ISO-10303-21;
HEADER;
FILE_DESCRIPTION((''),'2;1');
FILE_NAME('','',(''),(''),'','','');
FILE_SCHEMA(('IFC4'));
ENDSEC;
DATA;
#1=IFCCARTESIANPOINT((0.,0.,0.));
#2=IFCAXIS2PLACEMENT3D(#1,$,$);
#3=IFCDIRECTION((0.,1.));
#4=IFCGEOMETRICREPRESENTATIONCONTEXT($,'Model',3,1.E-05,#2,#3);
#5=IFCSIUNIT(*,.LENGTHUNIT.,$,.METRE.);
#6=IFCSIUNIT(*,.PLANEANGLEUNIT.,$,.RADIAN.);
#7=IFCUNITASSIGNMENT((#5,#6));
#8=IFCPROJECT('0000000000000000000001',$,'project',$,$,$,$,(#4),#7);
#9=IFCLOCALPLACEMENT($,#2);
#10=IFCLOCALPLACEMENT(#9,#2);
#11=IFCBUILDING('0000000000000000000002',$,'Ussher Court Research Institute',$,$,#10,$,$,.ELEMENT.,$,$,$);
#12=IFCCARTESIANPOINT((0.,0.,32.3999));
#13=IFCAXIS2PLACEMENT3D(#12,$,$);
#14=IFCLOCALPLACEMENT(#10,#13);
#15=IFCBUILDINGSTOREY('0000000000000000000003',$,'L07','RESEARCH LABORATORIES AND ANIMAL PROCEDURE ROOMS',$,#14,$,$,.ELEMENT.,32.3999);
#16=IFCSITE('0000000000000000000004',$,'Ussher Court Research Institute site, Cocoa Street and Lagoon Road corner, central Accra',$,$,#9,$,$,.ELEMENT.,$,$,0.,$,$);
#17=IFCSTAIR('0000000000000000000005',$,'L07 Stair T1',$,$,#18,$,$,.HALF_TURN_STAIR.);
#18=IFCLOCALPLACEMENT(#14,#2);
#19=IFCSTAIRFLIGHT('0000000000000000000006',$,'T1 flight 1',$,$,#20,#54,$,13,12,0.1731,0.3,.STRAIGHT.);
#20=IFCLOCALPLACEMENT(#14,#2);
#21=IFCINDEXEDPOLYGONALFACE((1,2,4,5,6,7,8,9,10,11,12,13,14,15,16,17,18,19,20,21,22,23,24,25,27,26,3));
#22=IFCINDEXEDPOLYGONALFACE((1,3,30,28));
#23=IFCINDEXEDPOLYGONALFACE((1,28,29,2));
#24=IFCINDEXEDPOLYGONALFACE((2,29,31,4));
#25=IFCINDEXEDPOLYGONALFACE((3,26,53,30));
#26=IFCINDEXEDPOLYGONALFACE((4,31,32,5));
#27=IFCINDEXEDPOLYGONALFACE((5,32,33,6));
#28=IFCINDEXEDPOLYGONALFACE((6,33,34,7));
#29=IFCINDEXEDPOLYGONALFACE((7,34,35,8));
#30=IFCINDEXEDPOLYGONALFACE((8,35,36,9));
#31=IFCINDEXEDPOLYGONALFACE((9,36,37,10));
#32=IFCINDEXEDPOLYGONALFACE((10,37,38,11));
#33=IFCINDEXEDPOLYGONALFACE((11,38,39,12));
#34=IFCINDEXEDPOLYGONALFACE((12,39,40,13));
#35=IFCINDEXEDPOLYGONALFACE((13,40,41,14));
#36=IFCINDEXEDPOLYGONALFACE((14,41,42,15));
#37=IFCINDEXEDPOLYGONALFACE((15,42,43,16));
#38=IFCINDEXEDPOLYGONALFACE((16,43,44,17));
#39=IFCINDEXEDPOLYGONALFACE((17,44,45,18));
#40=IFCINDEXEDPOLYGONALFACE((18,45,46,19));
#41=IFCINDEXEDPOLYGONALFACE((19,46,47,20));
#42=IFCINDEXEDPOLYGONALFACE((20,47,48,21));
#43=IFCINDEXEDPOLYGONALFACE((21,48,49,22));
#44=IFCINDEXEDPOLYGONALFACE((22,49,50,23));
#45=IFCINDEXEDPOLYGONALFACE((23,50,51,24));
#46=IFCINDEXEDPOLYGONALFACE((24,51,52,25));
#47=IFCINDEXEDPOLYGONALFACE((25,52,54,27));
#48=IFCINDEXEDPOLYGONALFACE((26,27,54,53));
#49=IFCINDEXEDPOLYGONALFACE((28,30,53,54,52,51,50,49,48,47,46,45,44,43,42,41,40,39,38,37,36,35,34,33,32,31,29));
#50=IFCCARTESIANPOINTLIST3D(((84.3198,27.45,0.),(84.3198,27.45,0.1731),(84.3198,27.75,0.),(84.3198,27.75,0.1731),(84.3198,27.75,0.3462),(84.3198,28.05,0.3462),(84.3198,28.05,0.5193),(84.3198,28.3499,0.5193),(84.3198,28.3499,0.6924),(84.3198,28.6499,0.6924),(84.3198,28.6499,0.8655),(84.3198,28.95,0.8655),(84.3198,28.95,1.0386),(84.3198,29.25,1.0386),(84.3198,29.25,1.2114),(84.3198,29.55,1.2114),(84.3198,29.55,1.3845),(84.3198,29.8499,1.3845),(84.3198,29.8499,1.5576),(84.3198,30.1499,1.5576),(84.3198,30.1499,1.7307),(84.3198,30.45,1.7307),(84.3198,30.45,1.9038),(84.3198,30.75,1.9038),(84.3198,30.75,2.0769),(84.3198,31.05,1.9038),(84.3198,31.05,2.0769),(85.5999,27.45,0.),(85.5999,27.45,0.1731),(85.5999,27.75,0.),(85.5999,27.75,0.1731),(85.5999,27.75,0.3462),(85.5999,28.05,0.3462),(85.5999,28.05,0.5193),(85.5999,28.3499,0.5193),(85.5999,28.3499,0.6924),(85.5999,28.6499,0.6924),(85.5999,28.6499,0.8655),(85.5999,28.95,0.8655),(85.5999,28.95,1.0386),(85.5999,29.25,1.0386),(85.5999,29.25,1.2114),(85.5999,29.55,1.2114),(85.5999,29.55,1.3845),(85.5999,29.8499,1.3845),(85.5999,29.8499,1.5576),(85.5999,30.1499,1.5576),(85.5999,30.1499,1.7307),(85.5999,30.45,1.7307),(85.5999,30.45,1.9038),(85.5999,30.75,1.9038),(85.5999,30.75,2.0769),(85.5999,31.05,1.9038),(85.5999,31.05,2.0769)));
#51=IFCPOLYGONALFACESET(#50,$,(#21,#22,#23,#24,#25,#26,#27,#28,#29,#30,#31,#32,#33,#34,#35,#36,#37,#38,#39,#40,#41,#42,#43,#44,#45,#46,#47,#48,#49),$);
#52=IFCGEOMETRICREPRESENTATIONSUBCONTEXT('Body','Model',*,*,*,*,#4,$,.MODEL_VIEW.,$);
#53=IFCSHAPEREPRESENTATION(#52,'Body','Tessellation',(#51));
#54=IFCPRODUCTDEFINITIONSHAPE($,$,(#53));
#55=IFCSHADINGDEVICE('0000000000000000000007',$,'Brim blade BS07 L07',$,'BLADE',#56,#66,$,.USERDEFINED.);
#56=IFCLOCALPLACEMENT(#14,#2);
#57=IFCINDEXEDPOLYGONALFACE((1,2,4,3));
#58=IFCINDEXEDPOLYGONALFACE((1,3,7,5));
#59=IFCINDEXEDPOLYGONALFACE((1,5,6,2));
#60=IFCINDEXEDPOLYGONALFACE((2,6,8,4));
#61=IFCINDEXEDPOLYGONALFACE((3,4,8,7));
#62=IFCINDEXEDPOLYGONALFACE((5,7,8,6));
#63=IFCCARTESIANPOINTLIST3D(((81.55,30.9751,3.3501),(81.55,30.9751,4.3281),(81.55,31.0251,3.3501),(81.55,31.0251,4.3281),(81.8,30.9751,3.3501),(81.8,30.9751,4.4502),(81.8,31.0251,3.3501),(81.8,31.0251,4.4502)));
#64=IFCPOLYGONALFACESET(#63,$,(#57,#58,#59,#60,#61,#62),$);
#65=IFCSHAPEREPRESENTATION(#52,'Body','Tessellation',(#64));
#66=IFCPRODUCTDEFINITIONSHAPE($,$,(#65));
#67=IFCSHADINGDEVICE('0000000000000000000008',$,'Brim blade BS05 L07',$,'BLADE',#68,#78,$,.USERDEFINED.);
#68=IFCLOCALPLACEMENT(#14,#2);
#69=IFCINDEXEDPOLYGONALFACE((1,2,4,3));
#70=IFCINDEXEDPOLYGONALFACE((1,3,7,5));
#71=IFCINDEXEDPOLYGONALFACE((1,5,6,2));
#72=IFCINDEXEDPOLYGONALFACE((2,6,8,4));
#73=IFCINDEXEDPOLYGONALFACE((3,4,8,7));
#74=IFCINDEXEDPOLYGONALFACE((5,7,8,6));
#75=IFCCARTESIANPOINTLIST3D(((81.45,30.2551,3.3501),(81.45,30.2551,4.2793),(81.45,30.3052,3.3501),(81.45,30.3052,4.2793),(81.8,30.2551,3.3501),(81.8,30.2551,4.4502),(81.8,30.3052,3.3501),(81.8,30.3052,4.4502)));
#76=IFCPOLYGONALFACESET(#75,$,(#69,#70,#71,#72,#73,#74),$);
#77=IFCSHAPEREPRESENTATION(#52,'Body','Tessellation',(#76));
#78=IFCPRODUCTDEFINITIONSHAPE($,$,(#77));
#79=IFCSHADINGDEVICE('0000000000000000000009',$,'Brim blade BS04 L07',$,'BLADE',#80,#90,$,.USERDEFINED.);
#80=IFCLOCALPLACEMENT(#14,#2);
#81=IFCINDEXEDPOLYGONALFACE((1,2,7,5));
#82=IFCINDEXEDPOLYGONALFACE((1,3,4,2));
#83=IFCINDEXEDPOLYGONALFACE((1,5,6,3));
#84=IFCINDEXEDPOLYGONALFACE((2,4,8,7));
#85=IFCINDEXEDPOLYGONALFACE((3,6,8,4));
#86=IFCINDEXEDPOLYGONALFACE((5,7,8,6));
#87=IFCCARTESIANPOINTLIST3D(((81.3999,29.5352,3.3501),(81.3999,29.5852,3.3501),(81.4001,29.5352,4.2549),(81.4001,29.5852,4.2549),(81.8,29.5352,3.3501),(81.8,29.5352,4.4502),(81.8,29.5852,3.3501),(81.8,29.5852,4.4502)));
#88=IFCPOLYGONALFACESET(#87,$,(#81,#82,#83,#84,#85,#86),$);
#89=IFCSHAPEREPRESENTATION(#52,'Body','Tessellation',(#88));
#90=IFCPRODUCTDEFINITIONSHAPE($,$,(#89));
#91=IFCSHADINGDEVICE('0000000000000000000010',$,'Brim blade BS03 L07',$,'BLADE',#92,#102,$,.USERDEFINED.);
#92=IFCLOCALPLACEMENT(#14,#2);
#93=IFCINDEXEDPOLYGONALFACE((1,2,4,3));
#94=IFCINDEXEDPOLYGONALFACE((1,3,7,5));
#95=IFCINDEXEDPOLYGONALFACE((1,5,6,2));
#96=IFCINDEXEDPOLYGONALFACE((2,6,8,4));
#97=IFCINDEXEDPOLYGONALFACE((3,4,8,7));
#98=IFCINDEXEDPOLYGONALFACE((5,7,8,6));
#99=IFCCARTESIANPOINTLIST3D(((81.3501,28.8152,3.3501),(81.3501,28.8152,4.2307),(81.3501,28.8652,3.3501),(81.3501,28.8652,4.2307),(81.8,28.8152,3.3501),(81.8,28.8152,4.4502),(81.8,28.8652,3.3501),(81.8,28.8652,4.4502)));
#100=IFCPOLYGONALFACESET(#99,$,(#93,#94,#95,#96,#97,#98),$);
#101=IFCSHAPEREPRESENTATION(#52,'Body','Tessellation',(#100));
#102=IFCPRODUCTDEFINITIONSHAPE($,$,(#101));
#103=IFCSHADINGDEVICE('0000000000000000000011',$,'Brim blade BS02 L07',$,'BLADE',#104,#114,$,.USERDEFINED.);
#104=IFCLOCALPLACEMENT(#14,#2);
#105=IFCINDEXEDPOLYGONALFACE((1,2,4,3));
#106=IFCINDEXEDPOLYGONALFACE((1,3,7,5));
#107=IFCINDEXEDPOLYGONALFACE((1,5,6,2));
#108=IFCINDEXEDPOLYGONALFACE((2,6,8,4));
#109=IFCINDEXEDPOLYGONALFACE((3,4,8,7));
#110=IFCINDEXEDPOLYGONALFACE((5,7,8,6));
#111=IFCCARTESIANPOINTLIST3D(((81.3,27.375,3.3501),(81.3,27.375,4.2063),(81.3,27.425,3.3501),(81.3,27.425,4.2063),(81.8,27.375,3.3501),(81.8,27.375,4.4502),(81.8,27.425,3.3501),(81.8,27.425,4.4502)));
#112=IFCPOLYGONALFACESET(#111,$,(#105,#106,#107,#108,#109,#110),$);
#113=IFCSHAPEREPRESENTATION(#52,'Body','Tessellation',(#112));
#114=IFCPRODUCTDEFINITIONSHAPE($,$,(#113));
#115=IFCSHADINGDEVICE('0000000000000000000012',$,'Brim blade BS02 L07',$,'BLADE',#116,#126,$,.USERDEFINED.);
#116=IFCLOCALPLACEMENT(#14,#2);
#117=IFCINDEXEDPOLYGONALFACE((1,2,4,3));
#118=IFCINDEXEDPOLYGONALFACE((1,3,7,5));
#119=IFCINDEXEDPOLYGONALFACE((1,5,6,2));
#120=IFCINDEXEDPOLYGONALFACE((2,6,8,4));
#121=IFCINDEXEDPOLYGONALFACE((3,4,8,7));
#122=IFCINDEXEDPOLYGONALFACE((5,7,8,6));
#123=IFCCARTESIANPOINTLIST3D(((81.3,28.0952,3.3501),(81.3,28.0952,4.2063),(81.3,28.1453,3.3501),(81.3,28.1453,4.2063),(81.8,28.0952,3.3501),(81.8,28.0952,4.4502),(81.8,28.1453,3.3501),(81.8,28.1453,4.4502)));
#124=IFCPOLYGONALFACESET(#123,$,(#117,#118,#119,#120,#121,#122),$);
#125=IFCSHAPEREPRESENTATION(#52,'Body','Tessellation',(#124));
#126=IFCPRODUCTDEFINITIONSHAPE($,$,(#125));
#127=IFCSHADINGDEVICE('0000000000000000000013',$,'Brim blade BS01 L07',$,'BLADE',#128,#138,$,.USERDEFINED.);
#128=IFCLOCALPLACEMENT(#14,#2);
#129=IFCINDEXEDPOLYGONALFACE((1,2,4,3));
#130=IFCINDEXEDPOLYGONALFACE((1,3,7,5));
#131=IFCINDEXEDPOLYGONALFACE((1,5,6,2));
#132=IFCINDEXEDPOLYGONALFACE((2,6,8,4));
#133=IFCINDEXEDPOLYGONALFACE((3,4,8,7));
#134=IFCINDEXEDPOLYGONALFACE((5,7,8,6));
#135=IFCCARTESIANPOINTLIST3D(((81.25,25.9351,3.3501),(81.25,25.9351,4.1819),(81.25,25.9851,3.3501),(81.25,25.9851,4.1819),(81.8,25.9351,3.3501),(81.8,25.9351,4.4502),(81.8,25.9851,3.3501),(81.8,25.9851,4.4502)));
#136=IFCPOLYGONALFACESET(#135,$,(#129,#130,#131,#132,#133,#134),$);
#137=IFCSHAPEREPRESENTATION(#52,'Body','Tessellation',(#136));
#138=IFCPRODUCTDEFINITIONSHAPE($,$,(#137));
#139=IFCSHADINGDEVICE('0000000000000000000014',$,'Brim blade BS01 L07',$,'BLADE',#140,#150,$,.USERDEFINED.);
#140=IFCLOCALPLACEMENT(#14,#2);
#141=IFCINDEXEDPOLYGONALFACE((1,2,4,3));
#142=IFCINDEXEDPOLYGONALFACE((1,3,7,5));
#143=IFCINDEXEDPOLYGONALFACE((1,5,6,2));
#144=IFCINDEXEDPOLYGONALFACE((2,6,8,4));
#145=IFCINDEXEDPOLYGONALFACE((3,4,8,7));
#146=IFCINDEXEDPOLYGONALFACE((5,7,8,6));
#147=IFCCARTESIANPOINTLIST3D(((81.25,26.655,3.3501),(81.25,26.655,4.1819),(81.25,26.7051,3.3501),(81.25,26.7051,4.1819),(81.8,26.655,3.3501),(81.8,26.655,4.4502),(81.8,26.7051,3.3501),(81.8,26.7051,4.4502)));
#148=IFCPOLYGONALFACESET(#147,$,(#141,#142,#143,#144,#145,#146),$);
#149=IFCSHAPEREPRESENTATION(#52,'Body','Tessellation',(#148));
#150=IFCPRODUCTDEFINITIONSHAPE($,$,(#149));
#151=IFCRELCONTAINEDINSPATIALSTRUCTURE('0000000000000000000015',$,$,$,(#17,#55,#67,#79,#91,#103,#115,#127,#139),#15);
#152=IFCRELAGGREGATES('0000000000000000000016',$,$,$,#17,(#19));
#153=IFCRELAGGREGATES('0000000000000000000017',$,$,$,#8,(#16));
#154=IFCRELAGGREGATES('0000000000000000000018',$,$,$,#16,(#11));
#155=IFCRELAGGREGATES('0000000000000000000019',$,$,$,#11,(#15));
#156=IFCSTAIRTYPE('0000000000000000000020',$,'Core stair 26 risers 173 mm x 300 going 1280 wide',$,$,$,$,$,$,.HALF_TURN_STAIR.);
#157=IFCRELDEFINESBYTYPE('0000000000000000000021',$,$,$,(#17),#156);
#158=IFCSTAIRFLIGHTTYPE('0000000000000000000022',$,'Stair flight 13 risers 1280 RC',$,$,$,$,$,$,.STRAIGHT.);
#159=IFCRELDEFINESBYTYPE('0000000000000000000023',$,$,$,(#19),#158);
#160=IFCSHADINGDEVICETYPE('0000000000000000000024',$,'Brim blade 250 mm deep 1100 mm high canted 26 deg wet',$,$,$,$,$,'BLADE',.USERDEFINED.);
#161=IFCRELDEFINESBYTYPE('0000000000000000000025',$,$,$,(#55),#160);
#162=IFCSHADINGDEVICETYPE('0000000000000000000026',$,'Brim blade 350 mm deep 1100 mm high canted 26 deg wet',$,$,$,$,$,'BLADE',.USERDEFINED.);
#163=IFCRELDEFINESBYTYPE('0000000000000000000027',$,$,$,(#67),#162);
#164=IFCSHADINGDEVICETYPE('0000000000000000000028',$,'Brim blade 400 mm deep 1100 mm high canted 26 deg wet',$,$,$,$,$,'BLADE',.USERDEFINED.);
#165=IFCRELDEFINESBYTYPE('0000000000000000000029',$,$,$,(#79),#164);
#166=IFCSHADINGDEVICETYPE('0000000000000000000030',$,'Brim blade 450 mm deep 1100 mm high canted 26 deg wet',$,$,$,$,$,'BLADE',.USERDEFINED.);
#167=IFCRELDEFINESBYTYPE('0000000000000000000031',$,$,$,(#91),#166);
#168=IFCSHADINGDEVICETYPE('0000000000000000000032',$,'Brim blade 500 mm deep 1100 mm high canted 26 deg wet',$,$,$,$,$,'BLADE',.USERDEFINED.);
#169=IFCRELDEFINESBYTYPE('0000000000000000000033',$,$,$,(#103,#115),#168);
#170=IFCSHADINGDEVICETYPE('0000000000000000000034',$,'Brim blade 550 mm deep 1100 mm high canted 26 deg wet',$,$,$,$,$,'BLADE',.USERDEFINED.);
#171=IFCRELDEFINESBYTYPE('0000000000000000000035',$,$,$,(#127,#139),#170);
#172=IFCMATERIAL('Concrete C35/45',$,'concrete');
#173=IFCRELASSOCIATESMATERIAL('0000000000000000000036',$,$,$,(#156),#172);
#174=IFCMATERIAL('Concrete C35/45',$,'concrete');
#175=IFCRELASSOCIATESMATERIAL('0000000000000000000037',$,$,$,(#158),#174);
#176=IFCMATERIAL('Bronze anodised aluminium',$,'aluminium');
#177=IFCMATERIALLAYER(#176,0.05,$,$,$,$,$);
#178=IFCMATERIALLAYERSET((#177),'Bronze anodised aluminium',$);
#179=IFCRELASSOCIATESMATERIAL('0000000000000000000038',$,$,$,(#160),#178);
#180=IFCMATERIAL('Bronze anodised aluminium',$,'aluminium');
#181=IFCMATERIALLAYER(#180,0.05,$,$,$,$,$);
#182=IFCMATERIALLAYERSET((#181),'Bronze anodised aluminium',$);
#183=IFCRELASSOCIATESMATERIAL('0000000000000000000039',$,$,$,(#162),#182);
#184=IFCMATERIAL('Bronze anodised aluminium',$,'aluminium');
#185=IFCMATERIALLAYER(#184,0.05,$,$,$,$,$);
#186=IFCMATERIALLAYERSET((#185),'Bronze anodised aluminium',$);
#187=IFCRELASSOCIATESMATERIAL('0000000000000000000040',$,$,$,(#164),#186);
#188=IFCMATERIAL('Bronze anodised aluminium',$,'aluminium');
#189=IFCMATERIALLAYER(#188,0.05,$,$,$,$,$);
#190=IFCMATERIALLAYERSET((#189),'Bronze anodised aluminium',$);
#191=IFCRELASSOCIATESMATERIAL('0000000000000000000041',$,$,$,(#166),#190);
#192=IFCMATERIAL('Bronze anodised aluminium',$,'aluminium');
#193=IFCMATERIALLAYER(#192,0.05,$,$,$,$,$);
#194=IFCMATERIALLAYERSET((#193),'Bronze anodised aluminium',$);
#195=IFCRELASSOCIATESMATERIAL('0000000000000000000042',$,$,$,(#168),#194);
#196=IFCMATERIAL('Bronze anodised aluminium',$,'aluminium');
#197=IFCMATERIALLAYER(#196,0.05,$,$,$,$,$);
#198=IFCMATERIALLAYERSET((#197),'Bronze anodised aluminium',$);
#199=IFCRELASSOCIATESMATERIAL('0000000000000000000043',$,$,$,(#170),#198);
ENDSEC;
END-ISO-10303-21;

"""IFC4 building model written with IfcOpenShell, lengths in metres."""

from ifc_helpers import new_model, si_unit, direction, frame, origin, place, context, subcontext, project, spatial, polyline, outline, extrude, material, layer, layer_set, type_object, element, aggregate, save


model = new_model("IFC4")

# Units and contexts
model_context = context("Model", 3, precision=1e-05, world=origin(), true_north=direction((0.0, 1.0)))
body_context = subcontext(model_context, "Body", "Model", "MODEL_VIEW")
ifc_project = project(units=[si_unit("LENGTHUNIT", "METRE"), si_unit("PLANEANGLEUNIT", "RADIAN")], contexts=[model_context])

# Site, building, storey
site_placement = place(None, origin())
site = spatial("IfcSite", under=ifc_project, at=site_placement, Name="Ussher Court Research Institute site, Cocoa Street and Lagoon Road corner, central Accra", CompositionType="ELEMENT", RefElevation=0.0)
building_placement = place(site_placement, origin())
building = spatial("IfcBuilding", under=site, at=building_placement, Name="Ussher Court Research Institute", CompositionType="ELEMENT")
storey_placement = place(building_placement, frame((0.0, 0.0, 32.3999)))
storey = spatial("IfcBuildingStorey", under=building, at=storey_placement, Name="L07", Description="RESEARCH LABORATORIES AND ANIMAL PROCEDURE ROOMS", CompositionType="ELEMENT", Elevation=32.3999)

# Stair, stair flight
ifc_material_1 = material(Name="Concrete C35/45", Category="concrete")
stair_type = type_object("IfcStairType", Name="Core stair 26 risers 173 mm x 300 going 1280 wide", PredefinedType="HALF_TURN_STAIR", material=ifc_material_1)
stair_placement = place(storey_placement, origin())
stair = element("IfcStair", 1, at=stair_placement, inside=storey, type_object=stair_type, Name="L07 Stair T1", PredefinedType="HALF_TURN_STAIR")
ifc_material_2 = material(Name="Concrete C35/45", Category="concrete")
stair_flight_type = type_object("IfcStairFlightType", Name="Stair flight 13 risers 1280 RC", PredefinedType="STRAIGHT", material=ifc_material_2)
stair_flight_placement = place(storey_placement, frame((84.96, 27.45, 0.0), z_axis=(0.0, 0.0, 1.0), x_axis=(0.0, 1.0, 0.0)))
stair_flight = element("IfcStairFlight", 2, at=stair_flight_placement, type_object=stair_flight_type, Name="T1 flight 1", NumberOfRisers=13, NumberOfTreads=12, PredefinedType="STRAIGHT", RiserHeight=0.1731, TreadLength=0.3, context=body_context, shape_type="SweptSolid", body=[
    extrude(outline(polyline([(0.0, 0.0), (0.0, 0.1731), (0.3, 0.1731), (0.3, 0.3462), (0.6001, 0.3462), (0.6001, 0.5193), (0.8999, 0.5193), (0.8999, 0.6924), (1.2, 0.6924), (1.2, 0.8655), (1.5, 0.8655), (1.5, 1.0386), (1.8, 1.0386), (1.8, 1.2114), (2.1001, 1.2114), (2.1001, 1.3845), (2.3999, 1.3845), (2.3999, 1.5576), (2.7, 1.5576), (2.7, 1.7307), (3.0, 1.7307), (3.0, 1.9038), (3.3, 1.9038), (3.3, 2.0769), (3.6001, 2.0769), (3.6001, 2.25), (3.6001, 1.9038), (0.3, 0.0), (0.0, 0.0)])), frame((0.0, 0.6401, 0.0), z_axis=(0.0, -1.0, 0.0), x_axis=(1.0, 0.0, 0.0)), (0.0, 0.0, 1.0), 1.28),
])
aggregate(stair, [stair_flight])

# Shading devices
ifc_material_3 = material(Name="Bronze anodised aluminium", Category="aluminium")
ifc_layer_1 = layer(ifc_material_3, 0.05)
ifc_layer_set_1 = layer_set([ifc_layer_1], Name="Bronze anodised aluminium")
shading_device_type_1 = type_object("IfcShadingDeviceType", Name="Brim blade 250 mm deep 1100 mm high canted 26 deg wet", ElementType="BLADE", PredefinedType="USERDEFINED", material=ifc_layer_set_1)
shading_device_1_placement = place(storey_placement, frame((81.8, 31.0, 3.3501), z_axis=(0.0, 0.0, 1.0), x_axis=(-1.0, 0.0, 0.0)))
element("IfcShadingDevice", 3, at=shading_device_1_placement, inside=storey, type_object=shading_device_type_1, Name="Brim blade BS07 L07", ObjectType="BLADE", PredefinedType="USERDEFINED", context=body_context, shape_type="SweptSolid", body=[
    extrude(outline(polyline([(0.0, 0.0), (0.25, 0.0), (0.25, 0.978), (0.0, 1.1001), (0.0, 0.0)])), frame((0.0, 0.0249, 0.0), z_axis=(0.0, -1.0, 0.0), x_axis=(1.0, 0.0, 0.0)), (0.0, 0.0, 1.0), 0.05),
])
ifc_material_4 = material(Name="Bronze anodised aluminium", Category="aluminium")
ifc_layer_2 = layer(ifc_material_4, 0.05)
ifc_layer_set_2 = layer_set([ifc_layer_2], Name="Bronze anodised aluminium")
shading_device_type_2 = type_object("IfcShadingDeviceType", Name="Brim blade 350 mm deep 1100 mm high canted 26 deg wet", ElementType="BLADE", PredefinedType="USERDEFINED", material=ifc_layer_set_2)
shading_device_2_placement = place(storey_placement, frame((81.8, 30.28, 3.3501), z_axis=(0.0, 0.0, 1.0), x_axis=(-1.0, 0.0, 0.0)))
element("IfcShadingDevice", 4, at=shading_device_2_placement, inside=storey, type_object=shading_device_type_2, Name="Brim blade BS05 L07", ObjectType="BLADE", PredefinedType="USERDEFINED", context=body_context, shape_type="SweptSolid", body=[
    extrude(outline(polyline([(0.0, 0.0), (0.3501, 0.0), (0.3501, 0.9292), (0.0, 1.1001), (0.0, 0.0)])), frame((0.0, 0.0249, 0.0), z_axis=(0.0, -1.0, 0.0), x_axis=(1.0, 0.0, 0.0)), (0.0, 0.0, 1.0), 0.05),
])
ifc_material_5 = material(Name="Bronze anodised aluminium", Category="aluminium")
ifc_layer_3 = layer(ifc_material_5, 0.05)
ifc_layer_set_3 = layer_set([ifc_layer_3], Name="Bronze anodised aluminium")
shading_device_type_3 = type_object("IfcShadingDeviceType", Name="Brim blade 400 mm deep 1100 mm high canted 26 deg wet", ElementType="BLADE", PredefinedType="USERDEFINED", material=ifc_layer_set_3)
shading_device_3_placement = place(storey_placement, frame((81.8, 29.5601, 3.3501), z_axis=(0.0, 0.0, 1.0), x_axis=(-1.0, 0.0, 0.0)))
element("IfcShadingDevice", 5, at=shading_device_3_placement, inside=storey, type_object=shading_device_type_3, Name="Brim blade BS04 L07", ObjectType="BLADE", PredefinedType="USERDEFINED", context=body_context, shape_type="SweptSolid", body=[
    extrude(outline(polyline([(0.0, 0.0), (0.4001, 0.0), (0.3999, 0.9048), (0.0, 1.1001), (0.0, 0.0)])), frame((0.0, 0.0249, 0.0), z_axis=(0.0, -1.0, 0.0), x_axis=(1.0, 0.0, 0.0)), (0.0, 0.0, 1.0), 0.05),
])
ifc_material_6 = material(Name="Bronze anodised aluminium", Category="aluminium")
ifc_layer_4 = layer(ifc_material_6, 0.05)
ifc_layer_set_4 = layer_set([ifc_layer_4], Name="Bronze anodised aluminium")
shading_device_type_4 = type_object("IfcShadingDeviceType", Name="Brim blade 450 mm deep 1100 mm high canted 26 deg wet", ElementType="BLADE", PredefinedType="USERDEFINED", material=ifc_layer_set_4)
shading_device_4_placement = place(storey_placement, frame((81.8, 28.8401, 3.3501), z_axis=(0.0, 0.0, 1.0), x_axis=(-1.0, 0.0, 0.0)))
element("IfcShadingDevice", 6, at=shading_device_4_placement, inside=storey, type_object=shading_device_type_4, Name="Brim blade BS03 L07", ObjectType="BLADE", PredefinedType="USERDEFINED", context=body_context, shape_type="SweptSolid", body=[
    extrude(outline(polyline([(0.0, 0.0), (0.45, 0.0), (0.45, 0.8806), (0.0, 1.1001), (0.0, 0.0)])), frame((0.0, 0.0249, 0.0), z_axis=(0.0, -1.0, 0.0), x_axis=(1.0, 0.0, 0.0)), (0.0, 0.0, 1.0), 0.05),
])
ifc_material_7 = material(Name="Bronze anodised aluminium", Category="aluminium")
ifc_layer_5 = layer(ifc_material_7, 0.05)
ifc_layer_set_5 = layer_set([ifc_layer_5], Name="Bronze anodised aluminium")
shading_device_type_5 = type_object("IfcShadingDeviceType", Name="Brim blade 500 mm deep 1100 mm high canted 26 deg wet", ElementType="BLADE", PredefinedType="USERDEFINED", material=ifc_layer_set_5)
for number, where, z_axis, x_axis, name in (
    (7, (81.8, 27.3999, 3.3501), (0.0, 0.0, 1.0), (-1.0, 0.0, 0.0), "Brim blade BS02 L07"),
    (8, (81.8, 28.1201, 3.3501), (0.0, 0.0, 1.0), (-1.0, 0.0, 0.0), "Brim blade BS02 L07"),
):
    element("IfcShadingDevice", number, at=place(storey_placement, frame(where, z_axis=z_axis, x_axis=x_axis)), inside=storey, type_object=shading_device_type_5, Name=name, ObjectType="BLADE", PredefinedType="USERDEFINED", context=body_context, shape_type="SweptSolid", body=[
        extrude(outline(polyline([(0.0, 0.0), (0.5, 0.0), (0.5, 0.8562), (0.0, 1.1001), (0.0, 0.0)])), frame((0.0, 0.0249, 0.0), z_axis=(0.0, -1.0, 0.0), x_axis=(1.0, 0.0, 0.0)), (0.0, 0.0, 1.0), 0.05),
    ])
ifc_material_8 = material(Name="Bronze anodised aluminium", Category="aluminium")
ifc_layer_6 = layer(ifc_material_8, 0.05)
ifc_layer_set_6 = layer_set([ifc_layer_6], Name="Bronze anodised aluminium")
shading_device_type_6 = type_object("IfcShadingDeviceType", Name="Brim blade 550 mm deep 1100 mm high canted 26 deg wet", ElementType="BLADE", PredefinedType="USERDEFINED", material=ifc_layer_set_6)
for number, where, z_axis, x_axis, name in (
    (9, (81.8, 25.96, 3.3501), (0.0, 0.0, 1.0), (-1.0, 0.0, 0.0), "Brim blade BS01 L07"),
    (10, (81.8, 26.6799, 3.3501), (0.0, 0.0, 1.0), (-1.0, 0.0, 0.0), "Brim blade BS01 L07"),
):
    element("IfcShadingDevice", number, at=place(storey_placement, frame(where, z_axis=z_axis, x_axis=x_axis)), inside=storey, type_object=shading_device_type_6, Name=name, ObjectType="BLADE", PredefinedType="USERDEFINED", context=body_context, shape_type="SweptSolid", body=[
        extrude(outline(polyline([(0.0, 0.0), (0.55, 0.0), (0.55, 0.8318), (0.0, 1.1001), (0.0, 0.0)])), frame((0.0, 0.0249, 0.0), z_axis=(0.0, -1.0, 0.0), x_axis=(1.0, 0.0, 0.0)), (0.0, 0.0, 1.0), 0.05),
    ])

save(model, "model.ifc")
